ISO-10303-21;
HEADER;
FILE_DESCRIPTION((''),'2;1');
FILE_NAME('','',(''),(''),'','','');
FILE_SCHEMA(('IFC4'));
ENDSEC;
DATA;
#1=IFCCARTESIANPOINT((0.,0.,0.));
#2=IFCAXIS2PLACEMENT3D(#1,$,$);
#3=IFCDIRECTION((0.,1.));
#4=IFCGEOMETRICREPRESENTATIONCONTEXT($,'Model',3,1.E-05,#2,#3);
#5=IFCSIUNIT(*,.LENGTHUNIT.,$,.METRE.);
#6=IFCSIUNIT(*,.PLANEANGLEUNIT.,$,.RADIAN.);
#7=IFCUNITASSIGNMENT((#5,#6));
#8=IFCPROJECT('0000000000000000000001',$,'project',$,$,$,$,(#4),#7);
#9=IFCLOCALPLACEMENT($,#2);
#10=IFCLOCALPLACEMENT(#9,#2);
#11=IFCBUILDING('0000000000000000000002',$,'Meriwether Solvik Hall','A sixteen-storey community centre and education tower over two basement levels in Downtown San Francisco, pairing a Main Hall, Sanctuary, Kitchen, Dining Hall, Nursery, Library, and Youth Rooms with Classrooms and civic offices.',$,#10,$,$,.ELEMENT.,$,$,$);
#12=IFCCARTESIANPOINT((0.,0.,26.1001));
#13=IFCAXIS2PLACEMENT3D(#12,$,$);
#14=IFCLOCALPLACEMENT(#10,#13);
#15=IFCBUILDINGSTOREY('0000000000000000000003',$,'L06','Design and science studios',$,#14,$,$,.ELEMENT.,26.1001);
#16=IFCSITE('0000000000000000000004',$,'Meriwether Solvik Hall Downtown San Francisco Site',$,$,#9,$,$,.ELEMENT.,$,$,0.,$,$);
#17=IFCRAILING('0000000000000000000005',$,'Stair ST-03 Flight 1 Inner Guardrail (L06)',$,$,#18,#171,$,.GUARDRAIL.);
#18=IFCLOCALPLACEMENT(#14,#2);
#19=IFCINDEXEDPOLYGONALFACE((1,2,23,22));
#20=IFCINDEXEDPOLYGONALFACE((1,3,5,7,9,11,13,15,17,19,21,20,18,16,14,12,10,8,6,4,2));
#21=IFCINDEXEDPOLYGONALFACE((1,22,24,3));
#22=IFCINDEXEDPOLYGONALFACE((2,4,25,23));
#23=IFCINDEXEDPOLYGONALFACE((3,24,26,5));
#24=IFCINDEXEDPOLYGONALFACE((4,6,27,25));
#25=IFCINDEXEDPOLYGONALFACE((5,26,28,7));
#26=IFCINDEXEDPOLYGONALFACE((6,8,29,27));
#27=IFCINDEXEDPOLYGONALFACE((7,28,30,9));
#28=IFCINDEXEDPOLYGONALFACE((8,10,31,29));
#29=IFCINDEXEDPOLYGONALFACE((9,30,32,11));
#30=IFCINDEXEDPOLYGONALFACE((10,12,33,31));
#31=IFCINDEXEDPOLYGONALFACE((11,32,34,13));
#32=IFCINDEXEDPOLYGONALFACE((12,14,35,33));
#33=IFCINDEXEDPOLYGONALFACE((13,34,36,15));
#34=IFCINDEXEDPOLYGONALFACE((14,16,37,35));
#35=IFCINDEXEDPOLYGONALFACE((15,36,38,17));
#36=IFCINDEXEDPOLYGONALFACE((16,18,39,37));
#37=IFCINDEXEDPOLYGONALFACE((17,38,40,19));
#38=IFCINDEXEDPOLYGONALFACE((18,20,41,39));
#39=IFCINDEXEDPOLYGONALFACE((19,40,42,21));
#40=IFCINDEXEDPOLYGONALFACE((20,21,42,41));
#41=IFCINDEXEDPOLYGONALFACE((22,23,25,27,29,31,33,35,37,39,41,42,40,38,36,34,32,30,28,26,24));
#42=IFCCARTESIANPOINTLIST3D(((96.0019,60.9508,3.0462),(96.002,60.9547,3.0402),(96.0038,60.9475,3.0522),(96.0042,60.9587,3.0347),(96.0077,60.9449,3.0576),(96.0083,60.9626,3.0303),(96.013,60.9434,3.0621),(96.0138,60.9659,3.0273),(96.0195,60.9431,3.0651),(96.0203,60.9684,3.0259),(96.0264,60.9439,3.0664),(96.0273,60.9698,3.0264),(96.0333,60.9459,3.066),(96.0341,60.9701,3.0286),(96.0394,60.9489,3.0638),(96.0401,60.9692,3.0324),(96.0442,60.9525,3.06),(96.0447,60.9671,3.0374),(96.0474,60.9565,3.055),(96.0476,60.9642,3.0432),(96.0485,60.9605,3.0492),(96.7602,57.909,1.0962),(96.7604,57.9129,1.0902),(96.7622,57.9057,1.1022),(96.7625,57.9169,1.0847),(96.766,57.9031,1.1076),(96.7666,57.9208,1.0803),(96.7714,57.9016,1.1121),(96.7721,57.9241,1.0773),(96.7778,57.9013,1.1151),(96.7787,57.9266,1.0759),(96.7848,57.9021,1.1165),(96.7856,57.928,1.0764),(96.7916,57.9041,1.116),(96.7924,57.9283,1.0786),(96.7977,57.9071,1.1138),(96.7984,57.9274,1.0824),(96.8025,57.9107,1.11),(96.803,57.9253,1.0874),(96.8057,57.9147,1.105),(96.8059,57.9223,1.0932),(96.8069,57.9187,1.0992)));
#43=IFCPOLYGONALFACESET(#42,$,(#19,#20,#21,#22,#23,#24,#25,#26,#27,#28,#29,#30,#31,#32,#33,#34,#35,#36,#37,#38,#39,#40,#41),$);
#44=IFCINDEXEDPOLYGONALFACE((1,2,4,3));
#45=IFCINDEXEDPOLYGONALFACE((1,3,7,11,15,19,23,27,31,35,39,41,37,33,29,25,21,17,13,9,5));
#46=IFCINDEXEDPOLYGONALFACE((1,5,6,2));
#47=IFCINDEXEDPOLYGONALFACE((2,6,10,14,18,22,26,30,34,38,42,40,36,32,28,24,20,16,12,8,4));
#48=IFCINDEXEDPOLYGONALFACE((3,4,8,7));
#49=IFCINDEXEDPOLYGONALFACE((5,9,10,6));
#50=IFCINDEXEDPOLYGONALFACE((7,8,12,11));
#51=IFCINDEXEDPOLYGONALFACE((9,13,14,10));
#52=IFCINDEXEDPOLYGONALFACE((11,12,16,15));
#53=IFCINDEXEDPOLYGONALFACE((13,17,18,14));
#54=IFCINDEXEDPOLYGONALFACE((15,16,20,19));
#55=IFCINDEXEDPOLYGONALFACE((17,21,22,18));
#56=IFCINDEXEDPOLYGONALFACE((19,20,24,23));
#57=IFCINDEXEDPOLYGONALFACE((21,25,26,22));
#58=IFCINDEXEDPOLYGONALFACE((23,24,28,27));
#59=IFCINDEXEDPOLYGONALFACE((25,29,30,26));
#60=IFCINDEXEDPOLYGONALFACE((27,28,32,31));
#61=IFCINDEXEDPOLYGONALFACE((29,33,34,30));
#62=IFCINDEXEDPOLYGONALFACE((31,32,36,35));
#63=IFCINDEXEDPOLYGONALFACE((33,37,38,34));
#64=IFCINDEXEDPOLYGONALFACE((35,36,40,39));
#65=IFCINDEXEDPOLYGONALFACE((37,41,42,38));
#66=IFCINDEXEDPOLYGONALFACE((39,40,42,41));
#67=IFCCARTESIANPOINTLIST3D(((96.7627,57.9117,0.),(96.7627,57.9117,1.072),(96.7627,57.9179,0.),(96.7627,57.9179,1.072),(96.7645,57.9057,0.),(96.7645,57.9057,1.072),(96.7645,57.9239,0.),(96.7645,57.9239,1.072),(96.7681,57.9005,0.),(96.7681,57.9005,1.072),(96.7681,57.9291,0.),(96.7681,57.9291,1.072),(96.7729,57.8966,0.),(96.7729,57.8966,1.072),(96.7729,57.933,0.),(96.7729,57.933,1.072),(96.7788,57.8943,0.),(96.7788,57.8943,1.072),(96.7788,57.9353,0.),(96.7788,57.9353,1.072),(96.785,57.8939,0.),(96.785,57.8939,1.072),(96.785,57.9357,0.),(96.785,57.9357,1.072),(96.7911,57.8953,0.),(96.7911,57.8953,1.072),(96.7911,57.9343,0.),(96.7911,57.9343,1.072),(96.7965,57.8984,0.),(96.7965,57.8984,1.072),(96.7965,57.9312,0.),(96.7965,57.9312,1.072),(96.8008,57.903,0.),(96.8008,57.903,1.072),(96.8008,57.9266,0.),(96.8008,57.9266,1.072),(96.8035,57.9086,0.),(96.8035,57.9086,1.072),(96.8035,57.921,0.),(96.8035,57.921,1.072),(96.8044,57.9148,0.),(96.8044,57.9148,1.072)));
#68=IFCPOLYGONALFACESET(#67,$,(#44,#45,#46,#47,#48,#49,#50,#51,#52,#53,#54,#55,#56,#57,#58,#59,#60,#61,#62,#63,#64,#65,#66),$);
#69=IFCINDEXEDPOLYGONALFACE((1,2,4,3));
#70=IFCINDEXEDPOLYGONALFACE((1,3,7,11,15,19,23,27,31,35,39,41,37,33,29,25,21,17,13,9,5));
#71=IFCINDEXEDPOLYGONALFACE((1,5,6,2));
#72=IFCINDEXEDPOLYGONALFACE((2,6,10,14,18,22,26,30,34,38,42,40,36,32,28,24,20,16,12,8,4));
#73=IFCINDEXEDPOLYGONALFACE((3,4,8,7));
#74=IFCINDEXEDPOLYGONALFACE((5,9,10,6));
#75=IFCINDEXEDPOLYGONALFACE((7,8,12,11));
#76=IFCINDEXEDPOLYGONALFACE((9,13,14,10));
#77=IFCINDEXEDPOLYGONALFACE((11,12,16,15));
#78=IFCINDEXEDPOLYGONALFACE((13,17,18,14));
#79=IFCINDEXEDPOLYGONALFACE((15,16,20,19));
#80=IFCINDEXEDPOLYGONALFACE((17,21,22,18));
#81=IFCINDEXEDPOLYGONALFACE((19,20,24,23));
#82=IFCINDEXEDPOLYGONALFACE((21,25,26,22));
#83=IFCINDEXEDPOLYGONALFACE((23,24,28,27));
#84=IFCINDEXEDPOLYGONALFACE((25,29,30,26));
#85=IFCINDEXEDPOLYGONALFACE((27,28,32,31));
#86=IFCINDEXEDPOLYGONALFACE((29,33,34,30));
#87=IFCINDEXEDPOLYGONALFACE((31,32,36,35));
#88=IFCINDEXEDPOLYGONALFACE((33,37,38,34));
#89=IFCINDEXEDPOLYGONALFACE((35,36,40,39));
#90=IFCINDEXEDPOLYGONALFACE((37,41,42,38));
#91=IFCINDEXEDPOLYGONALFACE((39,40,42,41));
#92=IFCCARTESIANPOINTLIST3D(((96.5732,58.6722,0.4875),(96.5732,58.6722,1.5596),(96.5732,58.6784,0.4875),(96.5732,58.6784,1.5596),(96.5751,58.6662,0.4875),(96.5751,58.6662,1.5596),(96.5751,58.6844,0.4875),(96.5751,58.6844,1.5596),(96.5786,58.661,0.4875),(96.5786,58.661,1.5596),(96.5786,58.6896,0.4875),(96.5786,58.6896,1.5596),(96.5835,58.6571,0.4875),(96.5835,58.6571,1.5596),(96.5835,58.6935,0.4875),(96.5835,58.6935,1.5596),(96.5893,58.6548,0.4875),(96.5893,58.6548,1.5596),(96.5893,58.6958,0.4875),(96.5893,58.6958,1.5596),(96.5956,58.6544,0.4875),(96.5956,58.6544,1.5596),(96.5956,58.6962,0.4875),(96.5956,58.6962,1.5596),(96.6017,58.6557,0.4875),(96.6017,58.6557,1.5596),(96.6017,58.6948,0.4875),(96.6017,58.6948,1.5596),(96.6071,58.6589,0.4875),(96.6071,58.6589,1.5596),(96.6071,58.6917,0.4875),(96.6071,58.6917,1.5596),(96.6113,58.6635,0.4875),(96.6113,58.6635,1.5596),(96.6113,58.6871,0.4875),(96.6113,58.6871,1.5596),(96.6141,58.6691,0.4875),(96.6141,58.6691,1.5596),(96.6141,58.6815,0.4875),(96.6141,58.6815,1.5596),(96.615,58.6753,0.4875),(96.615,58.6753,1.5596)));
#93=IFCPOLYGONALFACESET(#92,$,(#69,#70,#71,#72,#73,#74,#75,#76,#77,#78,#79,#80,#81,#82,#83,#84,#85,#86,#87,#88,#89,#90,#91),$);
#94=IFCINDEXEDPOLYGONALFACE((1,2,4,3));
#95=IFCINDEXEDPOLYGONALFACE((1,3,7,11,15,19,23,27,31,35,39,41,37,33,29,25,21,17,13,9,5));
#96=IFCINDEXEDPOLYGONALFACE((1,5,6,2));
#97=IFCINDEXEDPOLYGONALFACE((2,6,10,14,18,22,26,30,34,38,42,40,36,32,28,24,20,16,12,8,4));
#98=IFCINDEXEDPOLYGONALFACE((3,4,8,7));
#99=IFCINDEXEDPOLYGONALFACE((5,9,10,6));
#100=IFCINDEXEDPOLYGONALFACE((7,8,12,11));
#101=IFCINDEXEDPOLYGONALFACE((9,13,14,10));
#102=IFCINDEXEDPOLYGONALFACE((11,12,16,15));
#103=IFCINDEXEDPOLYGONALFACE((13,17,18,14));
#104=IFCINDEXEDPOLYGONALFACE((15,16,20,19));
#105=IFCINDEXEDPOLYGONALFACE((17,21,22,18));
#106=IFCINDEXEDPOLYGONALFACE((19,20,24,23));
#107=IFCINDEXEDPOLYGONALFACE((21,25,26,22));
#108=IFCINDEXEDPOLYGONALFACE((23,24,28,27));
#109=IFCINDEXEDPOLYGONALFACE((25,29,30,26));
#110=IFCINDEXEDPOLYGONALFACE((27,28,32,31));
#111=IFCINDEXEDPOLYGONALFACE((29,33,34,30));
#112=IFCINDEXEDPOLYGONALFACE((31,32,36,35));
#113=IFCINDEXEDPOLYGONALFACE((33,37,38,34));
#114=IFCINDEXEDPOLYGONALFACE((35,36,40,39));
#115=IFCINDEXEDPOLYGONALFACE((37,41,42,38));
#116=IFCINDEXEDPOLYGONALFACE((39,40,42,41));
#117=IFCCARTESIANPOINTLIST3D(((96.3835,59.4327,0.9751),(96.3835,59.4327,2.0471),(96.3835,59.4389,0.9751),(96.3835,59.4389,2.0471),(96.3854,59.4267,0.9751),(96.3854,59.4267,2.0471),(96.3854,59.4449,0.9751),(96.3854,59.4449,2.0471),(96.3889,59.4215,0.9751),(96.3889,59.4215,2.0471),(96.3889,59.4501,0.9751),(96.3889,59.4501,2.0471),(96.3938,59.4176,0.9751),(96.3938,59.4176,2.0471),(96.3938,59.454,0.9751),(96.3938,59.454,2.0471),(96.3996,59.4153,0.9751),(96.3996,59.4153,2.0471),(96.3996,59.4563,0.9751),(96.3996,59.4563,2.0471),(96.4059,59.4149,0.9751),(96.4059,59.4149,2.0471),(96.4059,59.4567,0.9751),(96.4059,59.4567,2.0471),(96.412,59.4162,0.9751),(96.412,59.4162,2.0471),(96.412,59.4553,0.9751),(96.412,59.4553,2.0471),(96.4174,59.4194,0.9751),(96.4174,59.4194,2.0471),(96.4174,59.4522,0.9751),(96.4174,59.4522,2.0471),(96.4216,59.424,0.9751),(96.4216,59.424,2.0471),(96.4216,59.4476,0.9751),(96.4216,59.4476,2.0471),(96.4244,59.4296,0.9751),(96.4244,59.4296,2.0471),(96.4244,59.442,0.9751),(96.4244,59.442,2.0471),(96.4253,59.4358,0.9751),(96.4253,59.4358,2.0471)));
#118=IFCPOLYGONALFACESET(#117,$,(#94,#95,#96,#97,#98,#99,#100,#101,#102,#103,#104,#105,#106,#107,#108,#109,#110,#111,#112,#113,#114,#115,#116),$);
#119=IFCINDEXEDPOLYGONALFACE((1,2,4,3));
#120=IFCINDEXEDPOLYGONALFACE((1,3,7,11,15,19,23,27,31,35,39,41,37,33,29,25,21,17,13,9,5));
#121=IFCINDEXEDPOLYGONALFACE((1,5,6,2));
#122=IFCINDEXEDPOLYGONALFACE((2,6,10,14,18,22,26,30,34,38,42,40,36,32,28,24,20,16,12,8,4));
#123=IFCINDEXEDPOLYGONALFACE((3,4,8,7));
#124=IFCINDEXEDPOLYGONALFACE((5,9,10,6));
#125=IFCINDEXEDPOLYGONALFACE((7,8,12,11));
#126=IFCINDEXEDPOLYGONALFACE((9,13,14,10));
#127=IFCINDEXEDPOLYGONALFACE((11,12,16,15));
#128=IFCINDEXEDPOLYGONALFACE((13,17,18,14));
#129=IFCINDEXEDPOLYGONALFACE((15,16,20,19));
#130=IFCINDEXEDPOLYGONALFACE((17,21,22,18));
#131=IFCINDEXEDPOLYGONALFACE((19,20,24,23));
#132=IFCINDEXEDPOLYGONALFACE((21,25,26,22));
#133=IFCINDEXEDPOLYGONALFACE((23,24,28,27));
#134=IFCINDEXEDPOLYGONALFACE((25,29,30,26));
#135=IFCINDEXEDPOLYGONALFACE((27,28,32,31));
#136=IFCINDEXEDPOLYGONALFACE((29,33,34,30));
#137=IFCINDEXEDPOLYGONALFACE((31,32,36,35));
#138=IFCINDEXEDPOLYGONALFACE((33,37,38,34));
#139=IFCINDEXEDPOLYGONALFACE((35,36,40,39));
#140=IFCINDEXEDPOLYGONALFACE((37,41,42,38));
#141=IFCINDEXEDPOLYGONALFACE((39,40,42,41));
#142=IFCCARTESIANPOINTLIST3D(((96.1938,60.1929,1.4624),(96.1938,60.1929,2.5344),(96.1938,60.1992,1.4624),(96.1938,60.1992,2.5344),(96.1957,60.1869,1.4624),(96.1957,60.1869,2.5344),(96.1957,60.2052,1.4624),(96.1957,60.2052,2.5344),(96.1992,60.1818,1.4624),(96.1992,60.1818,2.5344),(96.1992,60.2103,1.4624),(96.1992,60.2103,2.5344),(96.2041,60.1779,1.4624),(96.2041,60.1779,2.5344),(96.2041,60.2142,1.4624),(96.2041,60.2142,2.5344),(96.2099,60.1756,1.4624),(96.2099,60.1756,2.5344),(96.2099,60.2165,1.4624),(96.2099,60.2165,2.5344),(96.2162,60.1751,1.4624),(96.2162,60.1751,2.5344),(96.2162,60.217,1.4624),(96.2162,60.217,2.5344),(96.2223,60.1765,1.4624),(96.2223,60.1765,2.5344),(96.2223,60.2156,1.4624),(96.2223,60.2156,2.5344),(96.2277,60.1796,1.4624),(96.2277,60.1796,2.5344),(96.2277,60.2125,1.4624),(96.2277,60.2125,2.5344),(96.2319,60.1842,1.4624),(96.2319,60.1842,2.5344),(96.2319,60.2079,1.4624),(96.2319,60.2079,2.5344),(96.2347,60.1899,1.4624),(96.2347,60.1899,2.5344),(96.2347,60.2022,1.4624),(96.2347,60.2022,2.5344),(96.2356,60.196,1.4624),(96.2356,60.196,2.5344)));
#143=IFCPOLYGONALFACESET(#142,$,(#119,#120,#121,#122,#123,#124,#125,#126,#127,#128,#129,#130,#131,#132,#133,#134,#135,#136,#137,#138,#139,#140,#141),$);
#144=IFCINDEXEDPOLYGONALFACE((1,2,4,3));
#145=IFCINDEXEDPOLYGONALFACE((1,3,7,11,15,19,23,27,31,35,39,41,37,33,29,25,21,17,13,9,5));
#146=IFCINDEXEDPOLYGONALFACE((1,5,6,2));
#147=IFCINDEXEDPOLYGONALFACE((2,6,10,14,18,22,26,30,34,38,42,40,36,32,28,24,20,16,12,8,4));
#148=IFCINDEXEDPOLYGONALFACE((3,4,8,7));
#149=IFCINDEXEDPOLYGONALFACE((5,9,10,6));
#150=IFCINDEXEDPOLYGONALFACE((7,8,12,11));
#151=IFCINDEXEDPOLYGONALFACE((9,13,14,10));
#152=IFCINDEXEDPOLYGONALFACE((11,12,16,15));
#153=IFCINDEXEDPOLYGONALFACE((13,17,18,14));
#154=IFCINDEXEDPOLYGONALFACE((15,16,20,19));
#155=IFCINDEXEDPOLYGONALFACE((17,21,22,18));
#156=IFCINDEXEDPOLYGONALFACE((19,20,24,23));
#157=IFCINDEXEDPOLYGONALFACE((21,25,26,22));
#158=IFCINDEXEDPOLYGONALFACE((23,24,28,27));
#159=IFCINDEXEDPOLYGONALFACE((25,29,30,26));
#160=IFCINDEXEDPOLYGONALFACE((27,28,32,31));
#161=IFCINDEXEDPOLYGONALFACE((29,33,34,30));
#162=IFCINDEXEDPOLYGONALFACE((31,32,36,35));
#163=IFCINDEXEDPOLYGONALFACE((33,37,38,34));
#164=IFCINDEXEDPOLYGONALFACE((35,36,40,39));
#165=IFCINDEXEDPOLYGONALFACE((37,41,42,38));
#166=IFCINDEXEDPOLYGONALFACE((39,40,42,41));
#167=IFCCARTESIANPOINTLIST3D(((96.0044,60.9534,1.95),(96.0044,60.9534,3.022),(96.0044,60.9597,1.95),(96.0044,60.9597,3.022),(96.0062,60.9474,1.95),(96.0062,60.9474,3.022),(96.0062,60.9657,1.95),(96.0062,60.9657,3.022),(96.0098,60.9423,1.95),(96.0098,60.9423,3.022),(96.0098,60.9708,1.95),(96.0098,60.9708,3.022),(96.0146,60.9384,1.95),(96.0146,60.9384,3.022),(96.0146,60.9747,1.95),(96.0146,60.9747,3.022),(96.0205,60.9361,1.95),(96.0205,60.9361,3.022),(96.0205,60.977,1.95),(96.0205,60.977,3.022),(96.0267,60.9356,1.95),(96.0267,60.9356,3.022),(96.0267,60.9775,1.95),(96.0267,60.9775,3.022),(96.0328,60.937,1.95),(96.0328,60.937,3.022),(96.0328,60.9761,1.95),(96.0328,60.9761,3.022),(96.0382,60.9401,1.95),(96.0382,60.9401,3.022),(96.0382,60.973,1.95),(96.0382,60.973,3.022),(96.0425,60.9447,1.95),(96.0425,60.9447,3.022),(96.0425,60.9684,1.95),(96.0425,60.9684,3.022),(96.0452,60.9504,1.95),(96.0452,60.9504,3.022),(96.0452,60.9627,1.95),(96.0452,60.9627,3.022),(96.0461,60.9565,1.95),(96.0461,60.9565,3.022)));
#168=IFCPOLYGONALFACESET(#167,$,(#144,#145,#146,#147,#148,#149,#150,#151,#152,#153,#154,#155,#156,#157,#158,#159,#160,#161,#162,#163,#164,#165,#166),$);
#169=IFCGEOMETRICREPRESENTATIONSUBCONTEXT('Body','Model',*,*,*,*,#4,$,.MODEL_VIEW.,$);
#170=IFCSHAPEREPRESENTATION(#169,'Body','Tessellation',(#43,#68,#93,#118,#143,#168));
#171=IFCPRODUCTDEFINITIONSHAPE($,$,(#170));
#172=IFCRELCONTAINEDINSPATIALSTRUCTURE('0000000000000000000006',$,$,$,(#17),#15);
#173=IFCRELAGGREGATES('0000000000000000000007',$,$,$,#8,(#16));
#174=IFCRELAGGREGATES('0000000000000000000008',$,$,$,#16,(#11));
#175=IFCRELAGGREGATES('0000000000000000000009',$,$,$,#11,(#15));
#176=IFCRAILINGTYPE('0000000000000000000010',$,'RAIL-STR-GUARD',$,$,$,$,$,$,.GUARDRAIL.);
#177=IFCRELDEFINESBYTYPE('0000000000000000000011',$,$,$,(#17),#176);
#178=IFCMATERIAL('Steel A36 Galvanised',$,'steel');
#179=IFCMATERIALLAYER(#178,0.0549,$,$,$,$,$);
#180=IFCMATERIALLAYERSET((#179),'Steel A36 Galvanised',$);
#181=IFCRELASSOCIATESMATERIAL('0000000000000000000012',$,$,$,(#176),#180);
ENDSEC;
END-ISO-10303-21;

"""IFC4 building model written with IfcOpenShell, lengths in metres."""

from ifc_helpers import new_model, si_unit, direction, frame, origin, origin_2d, place, context, subcontext, project, spatial, circle, extrude, material, layer, layer_set, type_object, element, save


model = new_model("IFC4")

# Units and contexts
model_context = context("Model", 3, precision=1e-05, world=origin(), true_north=direction((0.0, 1.0)))
body_context = subcontext(model_context, "Body", "Model", "MODEL_VIEW")
ifc_project = project(units=[si_unit("LENGTHUNIT", "METRE"), si_unit("PLANEANGLEUNIT", "RADIAN")], contexts=[model_context])

# Site, building, storey
site_placement = place(None, origin())
site = spatial("IfcSite", under=ifc_project, at=site_placement, Name="Meriwether Solvik Hall Downtown San Francisco Site", CompositionType="ELEMENT", RefElevation=0.0)
building_placement = place(site_placement, origin())
building = spatial("IfcBuilding", under=site, at=building_placement, Name="Meriwether Solvik Hall", Description="A sixteen-storey community centre and education tower over two basement levels in Downtown San Francisco, pairing a Main Hall, Sanctuary, Kitchen, Dining Hall, Nursery, Library, and Youth Rooms with Classrooms and civic offices.", CompositionType="ELEMENT")
storey_placement = place(building_placement, frame((0.0, 0.0, 26.1001)))
storey = spatial("IfcBuildingStorey", under=building, at=storey_placement, Name="L06", Description="Design and science studios", CompositionType="ELEMENT", Elevation=26.1001)

# Railing
ifc_material_1 = material(Name="Steel A36 Galvanised", Category="steel")
ifc_layer_1 = layer(ifc_material_1, 0.0549)
ifc_layer_set_1 = layer_set([ifc_layer_1], Name="Steel A36 Galvanised")
railing_type_1 = type_object("IfcRailingType", Name="RAIL-STR-GUARD", PredefinedType="GUARDRAIL", material=ifc_layer_set_1)
railing_1_placement = place(storey_placement, frame((96.7834, 57.9148, 0.0)))
element("IfcRailing", 1, at=railing_1_placement, inside=storey, type_object=railing_type_1, Name="Stair ST-03 Flight 1 Inner Guardrail (L06)", PredefinedType="GUARDRAIL", context=body_context, shape_type="SweptSolid", body=[
    extrude(circle(Radius=0.0239, at=origin_2d()), frame((0.0, 0.0, 1.0962), z_axis=(-0.2054, 0.823915, 0.528181), x_axis=(-0.970303, -0.241894, 0.0)), (0.0, 0.0, 1.0), 3.6919),
    extrude(circle(Radius=0.021, at=origin_2d()), origin(), (0.0, 0.0, 1.0), 1.072),
    extrude(circle(Radius=0.021, at=origin_2d()), frame((-0.1895, 0.7605, 0.4875)), (0.0, 0.0, 1.0), 1.072),
    extrude(circle(Radius=0.021, at=origin_2d()), frame((-0.3792, 1.521, 0.9751)), (0.0, 0.0, 1.0), 1.072),
    extrude(circle(Radius=0.021, at=origin_2d()), frame((-0.5688, 2.2812, 1.4624)), (0.0, 0.0, 1.0), 1.072),
    extrude(circle(Radius=0.021, at=origin_2d()), frame((-0.7583, 3.0417, 1.95)), (0.0, 0.0, 1.0), 1.072),
])

save(model, "model.ifc")
